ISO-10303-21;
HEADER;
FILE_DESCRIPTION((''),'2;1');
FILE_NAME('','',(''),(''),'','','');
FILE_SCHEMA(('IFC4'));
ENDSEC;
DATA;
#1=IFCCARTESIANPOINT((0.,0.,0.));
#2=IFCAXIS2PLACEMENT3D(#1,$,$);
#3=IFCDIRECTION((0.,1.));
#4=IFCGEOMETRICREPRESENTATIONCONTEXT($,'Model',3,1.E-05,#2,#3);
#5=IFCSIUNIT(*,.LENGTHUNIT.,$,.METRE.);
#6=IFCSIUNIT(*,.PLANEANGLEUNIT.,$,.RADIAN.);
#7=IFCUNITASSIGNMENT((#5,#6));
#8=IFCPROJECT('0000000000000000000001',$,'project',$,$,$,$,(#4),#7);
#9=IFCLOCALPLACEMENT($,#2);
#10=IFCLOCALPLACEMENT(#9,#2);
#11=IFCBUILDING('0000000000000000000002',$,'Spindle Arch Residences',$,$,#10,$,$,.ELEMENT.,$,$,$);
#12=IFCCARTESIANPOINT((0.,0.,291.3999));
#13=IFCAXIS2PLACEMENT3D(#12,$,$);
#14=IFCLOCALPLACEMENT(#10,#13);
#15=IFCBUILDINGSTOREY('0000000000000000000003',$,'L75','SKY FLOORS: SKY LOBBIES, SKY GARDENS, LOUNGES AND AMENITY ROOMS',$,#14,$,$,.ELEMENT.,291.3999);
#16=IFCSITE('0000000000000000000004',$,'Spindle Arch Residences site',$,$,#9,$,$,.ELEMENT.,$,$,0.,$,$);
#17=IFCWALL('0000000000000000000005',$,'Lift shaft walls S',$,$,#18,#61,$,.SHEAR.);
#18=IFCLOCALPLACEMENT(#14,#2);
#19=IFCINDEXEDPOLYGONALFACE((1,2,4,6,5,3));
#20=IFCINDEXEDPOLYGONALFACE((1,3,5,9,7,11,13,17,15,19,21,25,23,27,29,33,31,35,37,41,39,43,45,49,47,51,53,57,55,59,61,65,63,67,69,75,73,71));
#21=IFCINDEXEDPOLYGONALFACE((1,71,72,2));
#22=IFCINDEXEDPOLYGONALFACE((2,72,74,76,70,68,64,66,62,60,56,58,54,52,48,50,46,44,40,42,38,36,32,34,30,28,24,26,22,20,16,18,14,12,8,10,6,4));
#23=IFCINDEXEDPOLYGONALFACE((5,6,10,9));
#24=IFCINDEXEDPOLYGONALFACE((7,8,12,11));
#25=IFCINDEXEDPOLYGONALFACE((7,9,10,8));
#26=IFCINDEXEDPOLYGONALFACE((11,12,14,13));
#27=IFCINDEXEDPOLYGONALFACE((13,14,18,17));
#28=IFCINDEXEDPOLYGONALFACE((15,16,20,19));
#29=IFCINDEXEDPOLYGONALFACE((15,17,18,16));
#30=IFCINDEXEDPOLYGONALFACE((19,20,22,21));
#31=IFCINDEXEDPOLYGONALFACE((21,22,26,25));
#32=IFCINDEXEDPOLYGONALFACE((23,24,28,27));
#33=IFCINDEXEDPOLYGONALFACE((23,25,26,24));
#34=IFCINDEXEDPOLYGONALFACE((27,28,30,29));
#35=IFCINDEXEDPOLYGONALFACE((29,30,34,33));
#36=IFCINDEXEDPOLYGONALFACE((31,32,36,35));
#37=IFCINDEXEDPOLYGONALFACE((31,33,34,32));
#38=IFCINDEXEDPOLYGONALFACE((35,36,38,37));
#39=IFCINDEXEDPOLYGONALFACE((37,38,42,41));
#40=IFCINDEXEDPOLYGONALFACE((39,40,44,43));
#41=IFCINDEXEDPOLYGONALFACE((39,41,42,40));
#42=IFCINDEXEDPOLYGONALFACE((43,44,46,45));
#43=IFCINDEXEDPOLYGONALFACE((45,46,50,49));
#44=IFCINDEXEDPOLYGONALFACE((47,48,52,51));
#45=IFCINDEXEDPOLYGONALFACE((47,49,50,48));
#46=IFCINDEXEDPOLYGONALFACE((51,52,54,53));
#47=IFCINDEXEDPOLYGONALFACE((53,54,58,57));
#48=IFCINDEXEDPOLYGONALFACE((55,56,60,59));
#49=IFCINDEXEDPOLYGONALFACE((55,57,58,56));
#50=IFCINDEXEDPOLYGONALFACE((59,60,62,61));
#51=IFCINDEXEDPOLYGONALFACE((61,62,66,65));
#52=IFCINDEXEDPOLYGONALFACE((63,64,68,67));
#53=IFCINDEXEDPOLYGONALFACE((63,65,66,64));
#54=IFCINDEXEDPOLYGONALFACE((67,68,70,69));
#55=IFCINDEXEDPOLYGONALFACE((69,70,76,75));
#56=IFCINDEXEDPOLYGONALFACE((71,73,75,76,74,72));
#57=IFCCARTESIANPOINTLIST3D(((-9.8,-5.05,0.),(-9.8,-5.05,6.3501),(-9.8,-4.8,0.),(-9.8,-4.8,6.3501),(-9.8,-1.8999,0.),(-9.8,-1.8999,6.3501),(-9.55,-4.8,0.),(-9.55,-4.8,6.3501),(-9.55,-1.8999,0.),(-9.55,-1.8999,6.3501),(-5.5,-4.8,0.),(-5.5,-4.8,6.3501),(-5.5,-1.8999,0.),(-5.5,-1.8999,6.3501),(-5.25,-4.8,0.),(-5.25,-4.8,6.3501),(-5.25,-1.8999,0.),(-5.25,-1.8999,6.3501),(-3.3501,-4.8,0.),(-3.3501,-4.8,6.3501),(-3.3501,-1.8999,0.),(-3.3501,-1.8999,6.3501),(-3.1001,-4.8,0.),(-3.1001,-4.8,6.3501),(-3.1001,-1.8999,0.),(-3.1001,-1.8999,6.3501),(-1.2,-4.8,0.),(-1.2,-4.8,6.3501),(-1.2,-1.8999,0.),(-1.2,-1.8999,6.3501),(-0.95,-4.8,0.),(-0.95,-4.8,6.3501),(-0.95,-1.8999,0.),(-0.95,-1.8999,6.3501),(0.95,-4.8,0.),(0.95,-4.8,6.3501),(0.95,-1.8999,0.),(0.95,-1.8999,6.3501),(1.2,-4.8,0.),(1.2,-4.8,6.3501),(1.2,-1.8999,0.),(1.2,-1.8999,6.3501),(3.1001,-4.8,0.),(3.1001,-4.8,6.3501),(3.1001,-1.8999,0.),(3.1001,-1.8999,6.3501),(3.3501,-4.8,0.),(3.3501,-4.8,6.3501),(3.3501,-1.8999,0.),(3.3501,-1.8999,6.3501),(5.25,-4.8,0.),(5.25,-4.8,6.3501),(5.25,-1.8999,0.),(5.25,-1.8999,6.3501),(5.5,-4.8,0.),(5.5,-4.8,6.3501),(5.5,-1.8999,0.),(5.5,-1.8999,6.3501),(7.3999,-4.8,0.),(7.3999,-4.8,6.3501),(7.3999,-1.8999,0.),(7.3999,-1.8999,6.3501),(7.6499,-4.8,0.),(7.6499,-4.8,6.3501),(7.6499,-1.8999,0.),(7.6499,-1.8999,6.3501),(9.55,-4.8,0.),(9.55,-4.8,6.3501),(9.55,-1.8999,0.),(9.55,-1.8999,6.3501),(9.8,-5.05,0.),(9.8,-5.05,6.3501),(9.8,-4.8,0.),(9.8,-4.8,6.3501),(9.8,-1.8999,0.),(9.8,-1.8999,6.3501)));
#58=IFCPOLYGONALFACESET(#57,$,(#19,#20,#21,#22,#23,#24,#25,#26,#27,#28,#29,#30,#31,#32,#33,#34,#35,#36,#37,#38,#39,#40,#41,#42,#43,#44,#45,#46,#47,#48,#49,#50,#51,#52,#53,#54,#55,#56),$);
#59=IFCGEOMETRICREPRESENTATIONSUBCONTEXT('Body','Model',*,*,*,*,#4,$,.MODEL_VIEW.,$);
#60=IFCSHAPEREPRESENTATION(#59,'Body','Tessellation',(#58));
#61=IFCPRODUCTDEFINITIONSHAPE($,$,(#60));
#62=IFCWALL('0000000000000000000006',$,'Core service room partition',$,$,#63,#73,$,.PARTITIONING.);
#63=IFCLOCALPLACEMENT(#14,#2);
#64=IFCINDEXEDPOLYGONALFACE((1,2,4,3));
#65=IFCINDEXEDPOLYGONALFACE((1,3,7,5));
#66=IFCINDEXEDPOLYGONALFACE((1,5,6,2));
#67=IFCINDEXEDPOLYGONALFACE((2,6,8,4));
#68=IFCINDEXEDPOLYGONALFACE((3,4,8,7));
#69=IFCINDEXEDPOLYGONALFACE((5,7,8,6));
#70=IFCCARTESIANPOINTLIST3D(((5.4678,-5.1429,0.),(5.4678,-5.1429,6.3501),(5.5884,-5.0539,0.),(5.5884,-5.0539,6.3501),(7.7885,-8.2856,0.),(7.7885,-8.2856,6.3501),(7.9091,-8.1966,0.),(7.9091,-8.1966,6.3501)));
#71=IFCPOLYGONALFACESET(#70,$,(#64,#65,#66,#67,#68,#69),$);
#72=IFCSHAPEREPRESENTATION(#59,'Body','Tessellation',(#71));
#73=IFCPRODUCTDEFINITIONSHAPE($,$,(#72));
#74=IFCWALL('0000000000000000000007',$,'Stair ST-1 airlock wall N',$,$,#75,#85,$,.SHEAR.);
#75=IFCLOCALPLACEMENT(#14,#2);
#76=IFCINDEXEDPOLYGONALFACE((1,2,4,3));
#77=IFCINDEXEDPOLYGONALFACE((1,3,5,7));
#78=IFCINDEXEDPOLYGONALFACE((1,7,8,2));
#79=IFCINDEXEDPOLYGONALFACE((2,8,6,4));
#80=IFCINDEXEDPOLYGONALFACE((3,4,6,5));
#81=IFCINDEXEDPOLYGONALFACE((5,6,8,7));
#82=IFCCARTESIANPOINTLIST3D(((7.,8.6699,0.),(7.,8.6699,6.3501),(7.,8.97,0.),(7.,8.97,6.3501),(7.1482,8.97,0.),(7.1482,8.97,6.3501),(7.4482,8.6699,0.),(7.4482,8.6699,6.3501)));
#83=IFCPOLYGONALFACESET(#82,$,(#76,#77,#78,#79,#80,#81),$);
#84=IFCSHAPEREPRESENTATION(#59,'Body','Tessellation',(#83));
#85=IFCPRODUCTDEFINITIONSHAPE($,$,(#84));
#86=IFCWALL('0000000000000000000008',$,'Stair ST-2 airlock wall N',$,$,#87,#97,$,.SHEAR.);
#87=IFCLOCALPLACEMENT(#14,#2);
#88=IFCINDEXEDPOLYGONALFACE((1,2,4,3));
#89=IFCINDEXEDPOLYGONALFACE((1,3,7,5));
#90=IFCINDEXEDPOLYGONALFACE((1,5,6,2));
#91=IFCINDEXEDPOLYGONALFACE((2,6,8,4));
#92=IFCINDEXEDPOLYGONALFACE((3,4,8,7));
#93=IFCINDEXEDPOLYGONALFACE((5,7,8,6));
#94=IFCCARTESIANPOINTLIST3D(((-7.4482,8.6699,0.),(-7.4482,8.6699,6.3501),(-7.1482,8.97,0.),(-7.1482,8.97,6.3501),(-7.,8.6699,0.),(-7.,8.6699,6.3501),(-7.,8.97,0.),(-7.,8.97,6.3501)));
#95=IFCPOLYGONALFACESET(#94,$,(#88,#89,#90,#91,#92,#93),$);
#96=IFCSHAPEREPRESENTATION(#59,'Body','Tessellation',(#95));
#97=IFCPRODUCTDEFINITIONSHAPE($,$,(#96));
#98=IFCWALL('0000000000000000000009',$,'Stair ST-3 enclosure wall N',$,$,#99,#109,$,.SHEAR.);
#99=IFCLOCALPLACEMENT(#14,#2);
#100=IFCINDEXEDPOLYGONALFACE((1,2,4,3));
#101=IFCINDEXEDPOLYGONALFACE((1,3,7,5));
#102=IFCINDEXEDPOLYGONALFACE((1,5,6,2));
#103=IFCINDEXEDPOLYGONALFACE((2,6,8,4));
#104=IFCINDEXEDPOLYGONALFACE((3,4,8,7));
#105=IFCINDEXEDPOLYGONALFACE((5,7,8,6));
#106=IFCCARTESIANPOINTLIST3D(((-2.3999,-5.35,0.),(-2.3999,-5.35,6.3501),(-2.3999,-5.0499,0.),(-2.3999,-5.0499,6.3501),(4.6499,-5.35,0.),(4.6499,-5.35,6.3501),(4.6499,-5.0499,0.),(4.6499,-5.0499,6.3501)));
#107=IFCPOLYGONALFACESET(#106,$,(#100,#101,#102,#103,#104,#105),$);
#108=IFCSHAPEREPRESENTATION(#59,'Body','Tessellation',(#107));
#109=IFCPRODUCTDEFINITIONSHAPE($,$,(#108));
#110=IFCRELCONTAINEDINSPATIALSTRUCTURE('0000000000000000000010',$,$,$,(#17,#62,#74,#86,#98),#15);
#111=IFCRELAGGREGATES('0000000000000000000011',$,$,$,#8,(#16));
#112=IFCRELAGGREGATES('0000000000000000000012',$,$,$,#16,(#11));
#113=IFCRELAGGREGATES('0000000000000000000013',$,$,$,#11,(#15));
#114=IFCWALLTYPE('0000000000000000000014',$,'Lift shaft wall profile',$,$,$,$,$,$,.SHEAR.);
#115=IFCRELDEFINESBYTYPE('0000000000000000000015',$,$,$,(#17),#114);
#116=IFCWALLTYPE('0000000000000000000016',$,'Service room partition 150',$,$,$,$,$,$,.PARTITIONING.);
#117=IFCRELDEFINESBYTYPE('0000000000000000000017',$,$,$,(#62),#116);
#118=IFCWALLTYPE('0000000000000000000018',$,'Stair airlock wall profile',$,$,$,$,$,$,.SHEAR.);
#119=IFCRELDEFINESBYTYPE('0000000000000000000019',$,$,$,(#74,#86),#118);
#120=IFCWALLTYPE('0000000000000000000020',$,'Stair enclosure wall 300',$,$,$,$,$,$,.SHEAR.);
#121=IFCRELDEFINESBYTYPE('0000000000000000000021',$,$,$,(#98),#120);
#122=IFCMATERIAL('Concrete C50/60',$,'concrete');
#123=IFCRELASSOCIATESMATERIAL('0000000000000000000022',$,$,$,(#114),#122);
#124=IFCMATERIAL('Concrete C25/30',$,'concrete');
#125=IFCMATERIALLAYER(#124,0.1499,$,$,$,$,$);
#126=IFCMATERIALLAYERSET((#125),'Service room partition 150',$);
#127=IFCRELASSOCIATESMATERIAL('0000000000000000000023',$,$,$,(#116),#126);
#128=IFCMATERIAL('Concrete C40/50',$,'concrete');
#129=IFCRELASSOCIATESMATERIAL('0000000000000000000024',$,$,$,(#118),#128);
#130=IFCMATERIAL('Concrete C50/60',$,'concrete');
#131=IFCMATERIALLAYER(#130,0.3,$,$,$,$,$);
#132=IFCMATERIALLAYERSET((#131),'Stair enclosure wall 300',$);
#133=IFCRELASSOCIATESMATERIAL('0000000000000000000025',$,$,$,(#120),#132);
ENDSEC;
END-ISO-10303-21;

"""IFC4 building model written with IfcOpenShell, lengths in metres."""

from ifc_helpers import new_model, si_unit, direction, frame, frame_2d, origin, place, context, subcontext, project, spatial, polyline, rectangle, outline, extrude, material, layer, layer_set, type_object, element, save


model = new_model("IFC4")

# Units and contexts
model_context = context("Model", 3, precision=1e-05, world=origin(), true_north=direction((0.0, 1.0)))
body_context = subcontext(model_context, "Body", "Model", "MODEL_VIEW")
ifc_project = project(units=[si_unit("LENGTHUNIT", "METRE"), si_unit("PLANEANGLEUNIT", "RADIAN")], contexts=[model_context])

# Site, building, storey
site_placement = place(None, origin())
site = spatial("IfcSite", under=ifc_project, at=site_placement, Name="Spindle Arch Residences site", CompositionType="ELEMENT", RefElevation=0.0)
building_placement = place(site_placement, origin())
building = spatial("IfcBuilding", under=site, at=building_placement, Name="Spindle Arch Residences", CompositionType="ELEMENT")
storey_placement = place(building_placement, frame((0.0, 0.0, 291.3999)))
storey = spatial("IfcBuildingStorey", under=building, at=storey_placement, Name="L75", Description="SKY FLOORS: SKY LOBBIES, SKY GARDENS, LOUNGES AND AMENITY ROOMS", CompositionType="ELEMENT", Elevation=291.3999)

# Walls
ifc_material_1 = material(Name="Concrete C50/60", Category="concrete")
wall_type_1 = type_object("IfcWallType", Name="Lift shaft wall profile", PredefinedType="SHEAR", material=ifc_material_1)
wall_1_placement = place(storey_placement, origin())
element("IfcWall", 1, at=wall_1_placement, inside=storey, type_object=wall_type_1, Name="Lift shaft walls S", PredefinedType="SHEAR", context=body_context, shape_type="SweptSolid", body=[
    extrude(outline(polyline([(9.8, -5.05), (9.8, -4.8), (9.8, -1.8999), (9.55, -1.8999), (9.55, -4.8), (7.6499, -4.8), (7.6499, -1.8999), (7.3999, -1.8999), (7.3999, -4.8), (5.5, -4.8), (5.5, -1.8999), (5.25, -1.8999), (5.25, -4.8), (3.3501, -4.8), (3.3501, -1.8999), (3.1001, -1.8999), (3.1001, -4.8), (1.2, -4.8), (1.2, -1.8999), (0.95, -1.8999), (0.95, -4.8), (-0.95, -4.8), (-0.95, -1.8999), (-1.2, -1.8999), (-1.2, -4.8), (-3.1001, -4.8), (-3.1001, -1.8999), (-3.3501, -1.8999), (-3.3501, -4.8), (-5.25, -4.8), (-5.25, -1.8999), (-5.5, -1.8999), (-5.5, -4.8), (-9.55, -4.8), (-9.55, -1.8999), (-9.8, -1.8999), (-9.8, -4.8), (-9.8, -5.05), (9.8, -5.05)])), origin(), (0.0, 0.0, 1.0), 6.3501),
])
ifc_material_2 = material(Name="Concrete C25/30", Category="concrete")
ifc_layer_1 = layer(ifc_material_2, 0.1499)
ifc_layer_set_1 = layer_set([ifc_layer_1], Name="Service room partition 150")
wall_type_2 = type_object("IfcWallType", Name="Service room partition 150", PredefinedType="PARTITIONING", material=ifc_layer_set_1)
wall_2_placement = place(storey_placement, frame((5.5281, -5.0984, 0.0), z_axis=(0.0, 0.0, 1.0), x_axis=(0.594034, -0.80444, 0.0)))
element("IfcWall", 2, at=wall_2_placement, inside=storey, type_object=wall_type_2, Name="Core service room partition", PredefinedType="PARTITIONING", context=body_context, shape_type="SweptSolid", body=[
    extrude(rectangle(XDim=3.9067, YDim=0.1499, at=frame_2d((1.9534, 0.0))), origin(), (0.0, 0.0, 1.0), 6.3501),
])
ifc_material_3 = material(Name="Concrete C40/50", Category="concrete")
wall_type_3 = type_object("IfcWallType", Name="Stair airlock wall profile", PredefinedType="SHEAR", material=ifc_material_3)
wall_3_placement = place(storey_placement, origin())
element("IfcWall", 3, at=wall_3_placement, inside=storey, type_object=wall_type_3, Name="Stair ST-1 airlock wall N", PredefinedType="SHEAR", context=body_context, shape_type="SweptSolid", body=[
    extrude(outline(polyline([(7.4482, 8.6699), (7.0, 8.6699), (7.0, 8.97), (7.1482, 8.97), (7.4482, 8.6699)])), origin(), (0.0, 0.0, 1.0), 6.3501),
])
wall_4_placement = place(storey_placement, origin())
element("IfcWall", 4, at=wall_4_placement, inside=storey, type_object=wall_type_3, Name="Stair ST-2 airlock wall N", PredefinedType="SHEAR", context=body_context, shape_type="SweptSolid", body=[
    extrude(outline(polyline([(-7.1482, 8.97), (-7.0, 8.97), (-7.0, 8.6699), (-7.4482, 8.6699), (-7.1482, 8.97)])), origin(), (0.0, 0.0, 1.0), 6.3501),
])
ifc_material_4 = material(Name="Concrete C50/60", Category="concrete")
ifc_layer_2 = layer(ifc_material_4, 0.3)
ifc_layer_set_2 = layer_set([ifc_layer_2], Name="Stair enclosure wall 300")
wall_type_4 = type_object("IfcWallType", Name="Stair enclosure wall 300", PredefinedType="SHEAR", material=ifc_layer_set_2)
wall_5_placement = place(storey_placement, frame((-2.3999, -5.2, 0.0), z_axis=(0.0, 0.0, 1.0), x_axis=(1.0, 0.0, 0.0)))
element("IfcWall", 5, at=wall_5_placement, inside=storey, type_object=wall_type_4, Name="Stair ST-3 enclosure wall N", PredefinedType="SHEAR", context=body_context, shape_type="SweptSolid", body=[
    extrude(rectangle(XDim=7.0498, YDim=0.3, at=frame_2d((3.5249, 0.0))), origin(), (0.0, 0.0, 1.0), 6.3501),
])

save(model, "model.ifc")
